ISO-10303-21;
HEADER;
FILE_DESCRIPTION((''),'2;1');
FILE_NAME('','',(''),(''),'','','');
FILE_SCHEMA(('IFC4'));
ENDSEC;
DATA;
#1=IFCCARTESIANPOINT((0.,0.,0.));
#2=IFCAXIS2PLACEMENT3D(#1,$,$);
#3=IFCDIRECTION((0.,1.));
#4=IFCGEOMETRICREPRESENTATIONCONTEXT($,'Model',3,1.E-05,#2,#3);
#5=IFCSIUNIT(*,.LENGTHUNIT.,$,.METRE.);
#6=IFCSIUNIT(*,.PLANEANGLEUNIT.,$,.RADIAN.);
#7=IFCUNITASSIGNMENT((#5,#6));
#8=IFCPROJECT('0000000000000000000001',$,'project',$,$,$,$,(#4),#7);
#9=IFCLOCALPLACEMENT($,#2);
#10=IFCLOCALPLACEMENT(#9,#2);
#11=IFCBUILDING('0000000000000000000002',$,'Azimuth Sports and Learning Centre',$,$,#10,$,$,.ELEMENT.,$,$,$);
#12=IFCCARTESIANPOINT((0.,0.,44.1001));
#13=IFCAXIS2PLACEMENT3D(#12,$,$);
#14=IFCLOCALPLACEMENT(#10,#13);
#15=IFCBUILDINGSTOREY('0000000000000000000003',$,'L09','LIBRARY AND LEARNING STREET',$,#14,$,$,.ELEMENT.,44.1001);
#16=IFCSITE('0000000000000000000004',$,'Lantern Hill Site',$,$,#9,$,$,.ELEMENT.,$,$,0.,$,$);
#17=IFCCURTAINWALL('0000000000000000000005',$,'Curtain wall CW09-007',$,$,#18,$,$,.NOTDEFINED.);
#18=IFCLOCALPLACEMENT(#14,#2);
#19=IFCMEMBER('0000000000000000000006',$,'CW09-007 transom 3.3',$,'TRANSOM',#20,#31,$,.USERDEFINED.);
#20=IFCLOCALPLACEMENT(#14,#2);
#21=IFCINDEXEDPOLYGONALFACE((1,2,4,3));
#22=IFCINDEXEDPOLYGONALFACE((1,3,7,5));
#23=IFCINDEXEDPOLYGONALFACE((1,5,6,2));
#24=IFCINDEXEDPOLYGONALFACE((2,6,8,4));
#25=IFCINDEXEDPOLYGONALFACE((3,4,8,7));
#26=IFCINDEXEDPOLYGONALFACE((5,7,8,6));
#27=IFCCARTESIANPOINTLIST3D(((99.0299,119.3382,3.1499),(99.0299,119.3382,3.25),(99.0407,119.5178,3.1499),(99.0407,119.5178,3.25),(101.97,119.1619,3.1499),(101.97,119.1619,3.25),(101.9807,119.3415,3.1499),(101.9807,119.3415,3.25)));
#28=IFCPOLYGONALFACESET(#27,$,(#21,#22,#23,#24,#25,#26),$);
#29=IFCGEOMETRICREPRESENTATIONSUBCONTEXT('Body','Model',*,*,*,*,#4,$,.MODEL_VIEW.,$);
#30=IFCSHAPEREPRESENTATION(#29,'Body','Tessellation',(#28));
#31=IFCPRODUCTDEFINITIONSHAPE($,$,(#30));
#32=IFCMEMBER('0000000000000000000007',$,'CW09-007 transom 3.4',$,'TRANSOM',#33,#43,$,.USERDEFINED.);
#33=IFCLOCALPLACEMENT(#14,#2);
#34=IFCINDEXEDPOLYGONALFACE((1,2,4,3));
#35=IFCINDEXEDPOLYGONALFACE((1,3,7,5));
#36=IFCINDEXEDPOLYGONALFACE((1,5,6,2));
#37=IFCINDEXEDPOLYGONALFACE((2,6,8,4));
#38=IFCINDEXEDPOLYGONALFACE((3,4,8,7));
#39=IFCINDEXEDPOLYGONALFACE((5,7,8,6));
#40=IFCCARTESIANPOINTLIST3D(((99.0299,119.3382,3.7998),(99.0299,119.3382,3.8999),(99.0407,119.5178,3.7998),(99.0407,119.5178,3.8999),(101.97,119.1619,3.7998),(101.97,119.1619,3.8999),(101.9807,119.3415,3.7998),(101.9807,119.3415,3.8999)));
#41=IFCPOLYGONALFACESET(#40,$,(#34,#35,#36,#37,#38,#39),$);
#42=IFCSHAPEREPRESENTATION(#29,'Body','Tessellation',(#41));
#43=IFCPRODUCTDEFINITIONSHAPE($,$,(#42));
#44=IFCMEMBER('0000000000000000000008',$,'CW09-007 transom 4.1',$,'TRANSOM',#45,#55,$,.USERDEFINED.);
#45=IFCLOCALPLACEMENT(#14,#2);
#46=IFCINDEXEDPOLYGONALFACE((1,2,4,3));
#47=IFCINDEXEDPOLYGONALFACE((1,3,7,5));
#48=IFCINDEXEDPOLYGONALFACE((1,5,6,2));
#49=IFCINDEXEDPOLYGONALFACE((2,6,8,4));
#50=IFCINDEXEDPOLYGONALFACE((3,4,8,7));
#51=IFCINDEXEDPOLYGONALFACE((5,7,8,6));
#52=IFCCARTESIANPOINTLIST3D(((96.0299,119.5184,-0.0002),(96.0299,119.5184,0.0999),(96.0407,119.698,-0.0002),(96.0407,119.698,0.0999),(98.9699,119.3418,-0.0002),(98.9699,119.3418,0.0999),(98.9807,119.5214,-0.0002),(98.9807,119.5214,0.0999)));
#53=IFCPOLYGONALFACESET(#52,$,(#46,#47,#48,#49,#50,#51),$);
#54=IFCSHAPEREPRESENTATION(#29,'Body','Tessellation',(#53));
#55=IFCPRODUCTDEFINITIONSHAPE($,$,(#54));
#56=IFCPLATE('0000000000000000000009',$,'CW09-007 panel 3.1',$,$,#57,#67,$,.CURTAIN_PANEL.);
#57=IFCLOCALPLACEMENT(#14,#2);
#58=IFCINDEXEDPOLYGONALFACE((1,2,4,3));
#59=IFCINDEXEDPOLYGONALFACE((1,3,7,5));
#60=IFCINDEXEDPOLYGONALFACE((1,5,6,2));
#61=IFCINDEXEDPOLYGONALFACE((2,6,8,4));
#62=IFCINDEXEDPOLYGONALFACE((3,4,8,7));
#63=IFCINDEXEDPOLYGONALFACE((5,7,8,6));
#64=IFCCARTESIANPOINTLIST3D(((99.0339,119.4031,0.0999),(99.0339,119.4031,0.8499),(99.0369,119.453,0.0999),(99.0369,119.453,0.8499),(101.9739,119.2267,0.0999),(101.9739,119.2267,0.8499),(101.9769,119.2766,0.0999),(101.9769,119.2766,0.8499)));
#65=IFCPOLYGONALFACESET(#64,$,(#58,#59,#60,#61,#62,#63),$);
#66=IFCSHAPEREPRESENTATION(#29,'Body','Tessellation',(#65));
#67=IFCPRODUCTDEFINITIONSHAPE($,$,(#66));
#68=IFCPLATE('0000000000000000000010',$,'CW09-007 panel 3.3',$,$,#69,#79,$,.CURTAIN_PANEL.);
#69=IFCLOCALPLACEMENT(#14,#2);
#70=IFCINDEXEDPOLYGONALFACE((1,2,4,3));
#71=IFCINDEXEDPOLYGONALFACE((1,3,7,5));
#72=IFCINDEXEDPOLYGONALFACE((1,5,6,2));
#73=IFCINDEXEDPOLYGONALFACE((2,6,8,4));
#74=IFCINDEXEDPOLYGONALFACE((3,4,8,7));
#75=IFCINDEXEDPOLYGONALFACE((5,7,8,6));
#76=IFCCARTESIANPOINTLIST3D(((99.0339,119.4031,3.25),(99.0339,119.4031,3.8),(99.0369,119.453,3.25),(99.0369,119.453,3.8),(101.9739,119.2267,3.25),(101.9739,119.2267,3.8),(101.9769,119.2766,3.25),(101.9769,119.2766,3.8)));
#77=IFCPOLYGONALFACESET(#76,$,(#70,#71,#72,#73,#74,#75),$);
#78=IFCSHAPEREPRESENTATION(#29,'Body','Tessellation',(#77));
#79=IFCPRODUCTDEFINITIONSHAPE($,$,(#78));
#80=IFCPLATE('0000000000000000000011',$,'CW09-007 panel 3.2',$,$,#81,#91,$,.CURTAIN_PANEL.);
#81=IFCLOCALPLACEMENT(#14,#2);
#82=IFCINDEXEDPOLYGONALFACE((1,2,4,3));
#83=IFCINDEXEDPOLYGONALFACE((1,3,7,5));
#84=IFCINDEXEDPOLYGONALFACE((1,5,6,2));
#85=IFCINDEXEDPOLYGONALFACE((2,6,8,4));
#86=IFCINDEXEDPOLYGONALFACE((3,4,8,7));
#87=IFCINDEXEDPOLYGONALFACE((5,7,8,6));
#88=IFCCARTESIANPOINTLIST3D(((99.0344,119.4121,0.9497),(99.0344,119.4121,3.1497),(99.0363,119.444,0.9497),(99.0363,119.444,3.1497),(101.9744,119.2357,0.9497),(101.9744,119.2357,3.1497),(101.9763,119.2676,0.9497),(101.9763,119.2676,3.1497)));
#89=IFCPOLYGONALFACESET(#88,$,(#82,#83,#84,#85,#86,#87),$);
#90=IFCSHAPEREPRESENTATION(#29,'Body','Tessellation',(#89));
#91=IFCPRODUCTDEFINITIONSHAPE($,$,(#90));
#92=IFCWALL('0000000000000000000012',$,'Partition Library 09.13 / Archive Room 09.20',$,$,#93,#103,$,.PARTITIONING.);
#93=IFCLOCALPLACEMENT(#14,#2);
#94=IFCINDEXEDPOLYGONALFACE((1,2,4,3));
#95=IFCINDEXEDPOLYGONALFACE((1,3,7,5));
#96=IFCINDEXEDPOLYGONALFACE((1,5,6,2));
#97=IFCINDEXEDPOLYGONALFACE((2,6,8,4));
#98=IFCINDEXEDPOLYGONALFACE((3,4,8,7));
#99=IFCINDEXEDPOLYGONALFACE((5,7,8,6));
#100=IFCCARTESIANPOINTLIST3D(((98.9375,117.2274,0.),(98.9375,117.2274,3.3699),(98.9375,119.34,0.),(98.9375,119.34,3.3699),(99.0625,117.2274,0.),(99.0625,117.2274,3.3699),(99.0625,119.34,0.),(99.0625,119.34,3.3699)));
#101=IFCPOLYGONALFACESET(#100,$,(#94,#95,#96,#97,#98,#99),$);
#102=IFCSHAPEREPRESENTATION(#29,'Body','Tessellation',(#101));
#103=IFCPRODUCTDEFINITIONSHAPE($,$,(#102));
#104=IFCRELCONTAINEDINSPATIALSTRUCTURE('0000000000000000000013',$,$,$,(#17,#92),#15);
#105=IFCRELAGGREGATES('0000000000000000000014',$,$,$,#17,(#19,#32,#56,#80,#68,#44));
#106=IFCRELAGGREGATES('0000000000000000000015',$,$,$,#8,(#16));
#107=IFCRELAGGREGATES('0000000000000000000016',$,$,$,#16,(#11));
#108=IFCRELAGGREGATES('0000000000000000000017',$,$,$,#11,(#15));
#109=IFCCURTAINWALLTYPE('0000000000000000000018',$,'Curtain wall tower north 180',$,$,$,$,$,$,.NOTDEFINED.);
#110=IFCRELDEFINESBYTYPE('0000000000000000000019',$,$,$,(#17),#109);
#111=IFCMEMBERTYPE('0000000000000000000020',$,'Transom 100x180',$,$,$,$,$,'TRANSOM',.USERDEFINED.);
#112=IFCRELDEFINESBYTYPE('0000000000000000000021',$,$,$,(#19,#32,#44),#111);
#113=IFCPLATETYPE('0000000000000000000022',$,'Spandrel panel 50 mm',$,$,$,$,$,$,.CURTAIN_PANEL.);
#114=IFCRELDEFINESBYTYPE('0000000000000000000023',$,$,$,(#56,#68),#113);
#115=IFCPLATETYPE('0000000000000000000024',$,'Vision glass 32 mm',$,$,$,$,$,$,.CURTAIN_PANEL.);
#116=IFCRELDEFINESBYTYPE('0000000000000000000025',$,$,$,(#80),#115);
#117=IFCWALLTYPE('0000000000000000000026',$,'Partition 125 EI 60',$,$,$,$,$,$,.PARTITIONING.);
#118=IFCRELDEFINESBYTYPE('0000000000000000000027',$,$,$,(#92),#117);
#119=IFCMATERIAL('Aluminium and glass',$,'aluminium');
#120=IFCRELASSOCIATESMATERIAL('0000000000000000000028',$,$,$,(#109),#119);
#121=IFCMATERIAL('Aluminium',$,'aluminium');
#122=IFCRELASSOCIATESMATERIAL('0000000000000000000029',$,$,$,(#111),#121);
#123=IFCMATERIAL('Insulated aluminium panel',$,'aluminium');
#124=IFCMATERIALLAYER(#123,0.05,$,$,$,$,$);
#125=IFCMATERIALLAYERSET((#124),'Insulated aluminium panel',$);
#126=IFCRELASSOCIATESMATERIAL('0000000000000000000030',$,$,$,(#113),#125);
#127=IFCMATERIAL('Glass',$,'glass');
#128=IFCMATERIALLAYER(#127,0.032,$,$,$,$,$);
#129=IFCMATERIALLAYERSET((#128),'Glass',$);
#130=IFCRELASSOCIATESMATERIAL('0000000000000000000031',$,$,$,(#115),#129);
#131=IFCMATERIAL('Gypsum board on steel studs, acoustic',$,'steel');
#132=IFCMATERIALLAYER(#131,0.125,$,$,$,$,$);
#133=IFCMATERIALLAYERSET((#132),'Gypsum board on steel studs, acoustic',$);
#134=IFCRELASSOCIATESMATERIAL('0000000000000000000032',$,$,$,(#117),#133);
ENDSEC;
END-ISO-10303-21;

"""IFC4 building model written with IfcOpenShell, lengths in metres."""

from ifc_helpers import new_model, si_unit, direction, frame, frame_2d, origin, origin_2d, place, context, subcontext, project, spatial, rectangle, extrude, material, layer, layer_set, material_profile, profile_set, type_object, element, aggregate, save


model = new_model("IFC4")

# Units and contexts
model_context = context("Model", 3, precision=1e-05, world=origin(), true_north=direction((0.0, 1.0)))
body_context = subcontext(model_context, "Body", "Model", "MODEL_VIEW")
ifc_project = project(units=[si_unit("LENGTHUNIT", "METRE"), si_unit("PLANEANGLEUNIT", "RADIAN")], contexts=[model_context])

# Site, building, storey
site_placement = place(None, origin())
site = spatial("IfcSite", under=ifc_project, at=site_placement, Name="Lantern Hill Site", CompositionType="ELEMENT", RefElevation=0.0)
building_placement = place(site_placement, origin())
building = spatial("IfcBuilding", under=site, at=building_placement, Name="Azimuth Sports and Learning Centre", CompositionType="ELEMENT")
storey_placement = place(building_placement, frame((0.0, 0.0, 44.1001)))
storey = spatial("IfcBuildingStorey", under=building, at=storey_placement, Name="L09", Description="LIBRARY AND LEARNING STREET", CompositionType="ELEMENT", Elevation=44.1001)

# Curtain wall, members, plates
ifc_material_1 = material(Name="Aluminium and glass", Category="aluminium")
curtain_wall_type = type_object("IfcCurtainWallType", Name="Curtain wall tower north 180", PredefinedType="NOTDEFINED", material=ifc_material_1)
curtain_wall_placement = place(storey_placement, origin())
curtain_wall = element("IfcCurtainWall", 1, at=curtain_wall_placement, inside=storey, type_object=curtain_wall_type, Name="Curtain wall CW09-007", PredefinedType="NOTDEFINED")
ifc_material_2 = material(Name="Aluminium", Category="aluminium")
ifc_material_profile_1 = material_profile(ifc_material_2, rectangle(XDim=0.1799, YDim=0.1001, at=origin_2d()), Name="Transom 100x180")
ifc_profile_set_1 = profile_set([ifc_material_profile_1], Name="Aluminium")
member_type_1 = type_object("IfcMemberType", Name="Transom 100x180", ElementType="TRANSOM", PredefinedType="USERDEFINED", material=ifc_profile_set_1)
member_1_placement = place(storey_placement, frame((101.9753, 119.2517, 3.2), z_axis=(-0.998207, 0.059849, 0.0), x_axis=(-0.059849, -0.998207, 0.0)))
member_1 = element("IfcMember", 2, at=member_1_placement, type_object=member_type_1, Name="CW09-007 transom 3.3", ObjectType="TRANSOM", PredefinedType="USERDEFINED", context=body_context, shape_type="SweptSolid", body=[
    extrude(rectangle(XDim=0.1799, YDim=0.1001, at=origin_2d()), origin(), (0.0, 0.0, 1.0), 2.9453),
])
member_2_placement = place(storey_placement, frame((101.9753, 119.2517, 3.8499), z_axis=(-0.998207, 0.059849, 0.0), x_axis=(-0.059849, -0.998207, 0.0)))
member_2 = element("IfcMember", 3, at=member_2_placement, type_object=member_type_1, Name="CW09-007 transom 3.4", ObjectType="TRANSOM", PredefinedType="USERDEFINED", context=body_context, shape_type="SweptSolid", body=[
    extrude(rectangle(XDim=0.1799, YDim=0.1001, at=origin_2d()), origin(), (0.0, 0.0, 1.0), 2.9453),
])
member_3_placement = place(storey_placement, frame((98.9753, 119.4316, 0.0498), z_axis=(-0.998202, 0.059932, 0.0), x_axis=(-0.059932, -0.998202, 0.0)))
member_3 = element("IfcMember", 4, at=member_3_placement, type_object=member_type_1, Name="CW09-007 transom 4.1", ObjectType="TRANSOM", PredefinedType="USERDEFINED", context=body_context, shape_type="SweptSolid", body=[
    extrude(rectangle(XDim=0.1799, YDim=0.1001, at=origin_2d()), origin(), (0.0, 0.0, 1.0), 2.9453),
])
ifc_material_3 = material(Name="Insulated aluminium panel", Category="aluminium")
ifc_layer_1 = layer(ifc_material_3, 0.05)
ifc_layer_set_1 = layer_set([ifc_layer_1], Name="Insulated aluminium panel")
plate_type_1 = type_object("IfcPlateType", Name="Spandrel panel 50 mm", PredefinedType="CURTAIN_PANEL", material=ifc_layer_set_1)
plate_1_placement = place(storey_placement, frame((100.5054, 119.3398, 0.0999), z_axis=(0.0, 0.0, 1.0), x_axis=(-0.998205, 0.059892, 0.0)))
plate_1 = element("IfcPlate", 5, at=plate_1_placement, type_object=plate_type_1, Name="CW09-007 panel 3.1", PredefinedType="CURTAIN_PANEL", context=body_context, shape_type="SweptSolid", body=[
    extrude(rectangle(XDim=2.9453, YDim=0.05, at=origin_2d()), origin(), (0.0, 0.0, 1.0), 0.75),
])
plate_2_placement = place(storey_placement, frame((100.5054, 119.3398, 3.25), z_axis=(0.0, 0.0, 1.0), x_axis=(-0.998205, 0.059892, 0.0)))
plate_2 = element("IfcPlate", 6, at=plate_2_placement, type_object=plate_type_1, Name="CW09-007 panel 3.3", PredefinedType="CURTAIN_PANEL", context=body_context, shape_type="SweptSolid", body=[
    extrude(rectangle(XDim=2.9453, YDim=0.05, at=origin_2d()), origin(), (0.0, 0.0, 1.0), 0.55),
])
ifc_material_4 = material(Name="Glass", Category="glass")
ifc_layer_2 = layer(ifc_material_4, 0.032)
ifc_layer_set_2 = layer_set([ifc_layer_2], Name="Glass")
plate_type_2 = type_object("IfcPlateType", Name="Vision glass 32 mm", PredefinedType="CURTAIN_PANEL", material=ifc_layer_set_2)
plate_3_placement = place(storey_placement, frame((100.5054, 119.3398, 0.9497), z_axis=(0.0, 0.0, 1.0), x_axis=(-0.998205, 0.059892, 0.0)))
plate_3 = element("IfcPlate", 7, at=plate_3_placement, type_object=plate_type_2, Name="CW09-007 panel 3.2", PredefinedType="CURTAIN_PANEL", context=body_context, shape_type="SweptSolid", body=[
    extrude(rectangle(XDim=2.9453, YDim=0.032, at=origin_2d()), origin(), (0.0, 0.0, 1.0), 2.2),
])
aggregate(curtain_wall, [member_1, member_2, plate_1, plate_3, plate_2, member_3])

# Wall
ifc_material_5 = material(Name="Gypsum board on steel studs, acoustic", Category="steel")
ifc_layer_3 = layer(ifc_material_5, 0.125)
ifc_layer_set_3 = layer_set([ifc_layer_3], Name="Gypsum board on steel studs, acoustic")
wall_type = type_object("IfcWallType", Name="Partition 125 EI 60", PredefinedType="PARTITIONING", material=ifc_layer_set_3)
wall_placement = place(storey_placement, frame((99.0, 117.2275, 0.0), z_axis=(0.0, 0.0, 1.0), x_axis=(0.0, 1.0, 0.0)))
element("IfcWall", 8, at=wall_placement, inside=storey, type_object=wall_type, Name="Partition Library 09.13 / Archive Room 09.20", PredefinedType="PARTITIONING", context=body_context, shape_type="SweptSolid", body=[
    extrude(rectangle(XDim=2.1125, YDim=0.125, at=frame_2d((1.0562, 0.0))), origin(), (0.0, 0.0, 1.0), 3.3699),
])

save(model, "model.ifc")
